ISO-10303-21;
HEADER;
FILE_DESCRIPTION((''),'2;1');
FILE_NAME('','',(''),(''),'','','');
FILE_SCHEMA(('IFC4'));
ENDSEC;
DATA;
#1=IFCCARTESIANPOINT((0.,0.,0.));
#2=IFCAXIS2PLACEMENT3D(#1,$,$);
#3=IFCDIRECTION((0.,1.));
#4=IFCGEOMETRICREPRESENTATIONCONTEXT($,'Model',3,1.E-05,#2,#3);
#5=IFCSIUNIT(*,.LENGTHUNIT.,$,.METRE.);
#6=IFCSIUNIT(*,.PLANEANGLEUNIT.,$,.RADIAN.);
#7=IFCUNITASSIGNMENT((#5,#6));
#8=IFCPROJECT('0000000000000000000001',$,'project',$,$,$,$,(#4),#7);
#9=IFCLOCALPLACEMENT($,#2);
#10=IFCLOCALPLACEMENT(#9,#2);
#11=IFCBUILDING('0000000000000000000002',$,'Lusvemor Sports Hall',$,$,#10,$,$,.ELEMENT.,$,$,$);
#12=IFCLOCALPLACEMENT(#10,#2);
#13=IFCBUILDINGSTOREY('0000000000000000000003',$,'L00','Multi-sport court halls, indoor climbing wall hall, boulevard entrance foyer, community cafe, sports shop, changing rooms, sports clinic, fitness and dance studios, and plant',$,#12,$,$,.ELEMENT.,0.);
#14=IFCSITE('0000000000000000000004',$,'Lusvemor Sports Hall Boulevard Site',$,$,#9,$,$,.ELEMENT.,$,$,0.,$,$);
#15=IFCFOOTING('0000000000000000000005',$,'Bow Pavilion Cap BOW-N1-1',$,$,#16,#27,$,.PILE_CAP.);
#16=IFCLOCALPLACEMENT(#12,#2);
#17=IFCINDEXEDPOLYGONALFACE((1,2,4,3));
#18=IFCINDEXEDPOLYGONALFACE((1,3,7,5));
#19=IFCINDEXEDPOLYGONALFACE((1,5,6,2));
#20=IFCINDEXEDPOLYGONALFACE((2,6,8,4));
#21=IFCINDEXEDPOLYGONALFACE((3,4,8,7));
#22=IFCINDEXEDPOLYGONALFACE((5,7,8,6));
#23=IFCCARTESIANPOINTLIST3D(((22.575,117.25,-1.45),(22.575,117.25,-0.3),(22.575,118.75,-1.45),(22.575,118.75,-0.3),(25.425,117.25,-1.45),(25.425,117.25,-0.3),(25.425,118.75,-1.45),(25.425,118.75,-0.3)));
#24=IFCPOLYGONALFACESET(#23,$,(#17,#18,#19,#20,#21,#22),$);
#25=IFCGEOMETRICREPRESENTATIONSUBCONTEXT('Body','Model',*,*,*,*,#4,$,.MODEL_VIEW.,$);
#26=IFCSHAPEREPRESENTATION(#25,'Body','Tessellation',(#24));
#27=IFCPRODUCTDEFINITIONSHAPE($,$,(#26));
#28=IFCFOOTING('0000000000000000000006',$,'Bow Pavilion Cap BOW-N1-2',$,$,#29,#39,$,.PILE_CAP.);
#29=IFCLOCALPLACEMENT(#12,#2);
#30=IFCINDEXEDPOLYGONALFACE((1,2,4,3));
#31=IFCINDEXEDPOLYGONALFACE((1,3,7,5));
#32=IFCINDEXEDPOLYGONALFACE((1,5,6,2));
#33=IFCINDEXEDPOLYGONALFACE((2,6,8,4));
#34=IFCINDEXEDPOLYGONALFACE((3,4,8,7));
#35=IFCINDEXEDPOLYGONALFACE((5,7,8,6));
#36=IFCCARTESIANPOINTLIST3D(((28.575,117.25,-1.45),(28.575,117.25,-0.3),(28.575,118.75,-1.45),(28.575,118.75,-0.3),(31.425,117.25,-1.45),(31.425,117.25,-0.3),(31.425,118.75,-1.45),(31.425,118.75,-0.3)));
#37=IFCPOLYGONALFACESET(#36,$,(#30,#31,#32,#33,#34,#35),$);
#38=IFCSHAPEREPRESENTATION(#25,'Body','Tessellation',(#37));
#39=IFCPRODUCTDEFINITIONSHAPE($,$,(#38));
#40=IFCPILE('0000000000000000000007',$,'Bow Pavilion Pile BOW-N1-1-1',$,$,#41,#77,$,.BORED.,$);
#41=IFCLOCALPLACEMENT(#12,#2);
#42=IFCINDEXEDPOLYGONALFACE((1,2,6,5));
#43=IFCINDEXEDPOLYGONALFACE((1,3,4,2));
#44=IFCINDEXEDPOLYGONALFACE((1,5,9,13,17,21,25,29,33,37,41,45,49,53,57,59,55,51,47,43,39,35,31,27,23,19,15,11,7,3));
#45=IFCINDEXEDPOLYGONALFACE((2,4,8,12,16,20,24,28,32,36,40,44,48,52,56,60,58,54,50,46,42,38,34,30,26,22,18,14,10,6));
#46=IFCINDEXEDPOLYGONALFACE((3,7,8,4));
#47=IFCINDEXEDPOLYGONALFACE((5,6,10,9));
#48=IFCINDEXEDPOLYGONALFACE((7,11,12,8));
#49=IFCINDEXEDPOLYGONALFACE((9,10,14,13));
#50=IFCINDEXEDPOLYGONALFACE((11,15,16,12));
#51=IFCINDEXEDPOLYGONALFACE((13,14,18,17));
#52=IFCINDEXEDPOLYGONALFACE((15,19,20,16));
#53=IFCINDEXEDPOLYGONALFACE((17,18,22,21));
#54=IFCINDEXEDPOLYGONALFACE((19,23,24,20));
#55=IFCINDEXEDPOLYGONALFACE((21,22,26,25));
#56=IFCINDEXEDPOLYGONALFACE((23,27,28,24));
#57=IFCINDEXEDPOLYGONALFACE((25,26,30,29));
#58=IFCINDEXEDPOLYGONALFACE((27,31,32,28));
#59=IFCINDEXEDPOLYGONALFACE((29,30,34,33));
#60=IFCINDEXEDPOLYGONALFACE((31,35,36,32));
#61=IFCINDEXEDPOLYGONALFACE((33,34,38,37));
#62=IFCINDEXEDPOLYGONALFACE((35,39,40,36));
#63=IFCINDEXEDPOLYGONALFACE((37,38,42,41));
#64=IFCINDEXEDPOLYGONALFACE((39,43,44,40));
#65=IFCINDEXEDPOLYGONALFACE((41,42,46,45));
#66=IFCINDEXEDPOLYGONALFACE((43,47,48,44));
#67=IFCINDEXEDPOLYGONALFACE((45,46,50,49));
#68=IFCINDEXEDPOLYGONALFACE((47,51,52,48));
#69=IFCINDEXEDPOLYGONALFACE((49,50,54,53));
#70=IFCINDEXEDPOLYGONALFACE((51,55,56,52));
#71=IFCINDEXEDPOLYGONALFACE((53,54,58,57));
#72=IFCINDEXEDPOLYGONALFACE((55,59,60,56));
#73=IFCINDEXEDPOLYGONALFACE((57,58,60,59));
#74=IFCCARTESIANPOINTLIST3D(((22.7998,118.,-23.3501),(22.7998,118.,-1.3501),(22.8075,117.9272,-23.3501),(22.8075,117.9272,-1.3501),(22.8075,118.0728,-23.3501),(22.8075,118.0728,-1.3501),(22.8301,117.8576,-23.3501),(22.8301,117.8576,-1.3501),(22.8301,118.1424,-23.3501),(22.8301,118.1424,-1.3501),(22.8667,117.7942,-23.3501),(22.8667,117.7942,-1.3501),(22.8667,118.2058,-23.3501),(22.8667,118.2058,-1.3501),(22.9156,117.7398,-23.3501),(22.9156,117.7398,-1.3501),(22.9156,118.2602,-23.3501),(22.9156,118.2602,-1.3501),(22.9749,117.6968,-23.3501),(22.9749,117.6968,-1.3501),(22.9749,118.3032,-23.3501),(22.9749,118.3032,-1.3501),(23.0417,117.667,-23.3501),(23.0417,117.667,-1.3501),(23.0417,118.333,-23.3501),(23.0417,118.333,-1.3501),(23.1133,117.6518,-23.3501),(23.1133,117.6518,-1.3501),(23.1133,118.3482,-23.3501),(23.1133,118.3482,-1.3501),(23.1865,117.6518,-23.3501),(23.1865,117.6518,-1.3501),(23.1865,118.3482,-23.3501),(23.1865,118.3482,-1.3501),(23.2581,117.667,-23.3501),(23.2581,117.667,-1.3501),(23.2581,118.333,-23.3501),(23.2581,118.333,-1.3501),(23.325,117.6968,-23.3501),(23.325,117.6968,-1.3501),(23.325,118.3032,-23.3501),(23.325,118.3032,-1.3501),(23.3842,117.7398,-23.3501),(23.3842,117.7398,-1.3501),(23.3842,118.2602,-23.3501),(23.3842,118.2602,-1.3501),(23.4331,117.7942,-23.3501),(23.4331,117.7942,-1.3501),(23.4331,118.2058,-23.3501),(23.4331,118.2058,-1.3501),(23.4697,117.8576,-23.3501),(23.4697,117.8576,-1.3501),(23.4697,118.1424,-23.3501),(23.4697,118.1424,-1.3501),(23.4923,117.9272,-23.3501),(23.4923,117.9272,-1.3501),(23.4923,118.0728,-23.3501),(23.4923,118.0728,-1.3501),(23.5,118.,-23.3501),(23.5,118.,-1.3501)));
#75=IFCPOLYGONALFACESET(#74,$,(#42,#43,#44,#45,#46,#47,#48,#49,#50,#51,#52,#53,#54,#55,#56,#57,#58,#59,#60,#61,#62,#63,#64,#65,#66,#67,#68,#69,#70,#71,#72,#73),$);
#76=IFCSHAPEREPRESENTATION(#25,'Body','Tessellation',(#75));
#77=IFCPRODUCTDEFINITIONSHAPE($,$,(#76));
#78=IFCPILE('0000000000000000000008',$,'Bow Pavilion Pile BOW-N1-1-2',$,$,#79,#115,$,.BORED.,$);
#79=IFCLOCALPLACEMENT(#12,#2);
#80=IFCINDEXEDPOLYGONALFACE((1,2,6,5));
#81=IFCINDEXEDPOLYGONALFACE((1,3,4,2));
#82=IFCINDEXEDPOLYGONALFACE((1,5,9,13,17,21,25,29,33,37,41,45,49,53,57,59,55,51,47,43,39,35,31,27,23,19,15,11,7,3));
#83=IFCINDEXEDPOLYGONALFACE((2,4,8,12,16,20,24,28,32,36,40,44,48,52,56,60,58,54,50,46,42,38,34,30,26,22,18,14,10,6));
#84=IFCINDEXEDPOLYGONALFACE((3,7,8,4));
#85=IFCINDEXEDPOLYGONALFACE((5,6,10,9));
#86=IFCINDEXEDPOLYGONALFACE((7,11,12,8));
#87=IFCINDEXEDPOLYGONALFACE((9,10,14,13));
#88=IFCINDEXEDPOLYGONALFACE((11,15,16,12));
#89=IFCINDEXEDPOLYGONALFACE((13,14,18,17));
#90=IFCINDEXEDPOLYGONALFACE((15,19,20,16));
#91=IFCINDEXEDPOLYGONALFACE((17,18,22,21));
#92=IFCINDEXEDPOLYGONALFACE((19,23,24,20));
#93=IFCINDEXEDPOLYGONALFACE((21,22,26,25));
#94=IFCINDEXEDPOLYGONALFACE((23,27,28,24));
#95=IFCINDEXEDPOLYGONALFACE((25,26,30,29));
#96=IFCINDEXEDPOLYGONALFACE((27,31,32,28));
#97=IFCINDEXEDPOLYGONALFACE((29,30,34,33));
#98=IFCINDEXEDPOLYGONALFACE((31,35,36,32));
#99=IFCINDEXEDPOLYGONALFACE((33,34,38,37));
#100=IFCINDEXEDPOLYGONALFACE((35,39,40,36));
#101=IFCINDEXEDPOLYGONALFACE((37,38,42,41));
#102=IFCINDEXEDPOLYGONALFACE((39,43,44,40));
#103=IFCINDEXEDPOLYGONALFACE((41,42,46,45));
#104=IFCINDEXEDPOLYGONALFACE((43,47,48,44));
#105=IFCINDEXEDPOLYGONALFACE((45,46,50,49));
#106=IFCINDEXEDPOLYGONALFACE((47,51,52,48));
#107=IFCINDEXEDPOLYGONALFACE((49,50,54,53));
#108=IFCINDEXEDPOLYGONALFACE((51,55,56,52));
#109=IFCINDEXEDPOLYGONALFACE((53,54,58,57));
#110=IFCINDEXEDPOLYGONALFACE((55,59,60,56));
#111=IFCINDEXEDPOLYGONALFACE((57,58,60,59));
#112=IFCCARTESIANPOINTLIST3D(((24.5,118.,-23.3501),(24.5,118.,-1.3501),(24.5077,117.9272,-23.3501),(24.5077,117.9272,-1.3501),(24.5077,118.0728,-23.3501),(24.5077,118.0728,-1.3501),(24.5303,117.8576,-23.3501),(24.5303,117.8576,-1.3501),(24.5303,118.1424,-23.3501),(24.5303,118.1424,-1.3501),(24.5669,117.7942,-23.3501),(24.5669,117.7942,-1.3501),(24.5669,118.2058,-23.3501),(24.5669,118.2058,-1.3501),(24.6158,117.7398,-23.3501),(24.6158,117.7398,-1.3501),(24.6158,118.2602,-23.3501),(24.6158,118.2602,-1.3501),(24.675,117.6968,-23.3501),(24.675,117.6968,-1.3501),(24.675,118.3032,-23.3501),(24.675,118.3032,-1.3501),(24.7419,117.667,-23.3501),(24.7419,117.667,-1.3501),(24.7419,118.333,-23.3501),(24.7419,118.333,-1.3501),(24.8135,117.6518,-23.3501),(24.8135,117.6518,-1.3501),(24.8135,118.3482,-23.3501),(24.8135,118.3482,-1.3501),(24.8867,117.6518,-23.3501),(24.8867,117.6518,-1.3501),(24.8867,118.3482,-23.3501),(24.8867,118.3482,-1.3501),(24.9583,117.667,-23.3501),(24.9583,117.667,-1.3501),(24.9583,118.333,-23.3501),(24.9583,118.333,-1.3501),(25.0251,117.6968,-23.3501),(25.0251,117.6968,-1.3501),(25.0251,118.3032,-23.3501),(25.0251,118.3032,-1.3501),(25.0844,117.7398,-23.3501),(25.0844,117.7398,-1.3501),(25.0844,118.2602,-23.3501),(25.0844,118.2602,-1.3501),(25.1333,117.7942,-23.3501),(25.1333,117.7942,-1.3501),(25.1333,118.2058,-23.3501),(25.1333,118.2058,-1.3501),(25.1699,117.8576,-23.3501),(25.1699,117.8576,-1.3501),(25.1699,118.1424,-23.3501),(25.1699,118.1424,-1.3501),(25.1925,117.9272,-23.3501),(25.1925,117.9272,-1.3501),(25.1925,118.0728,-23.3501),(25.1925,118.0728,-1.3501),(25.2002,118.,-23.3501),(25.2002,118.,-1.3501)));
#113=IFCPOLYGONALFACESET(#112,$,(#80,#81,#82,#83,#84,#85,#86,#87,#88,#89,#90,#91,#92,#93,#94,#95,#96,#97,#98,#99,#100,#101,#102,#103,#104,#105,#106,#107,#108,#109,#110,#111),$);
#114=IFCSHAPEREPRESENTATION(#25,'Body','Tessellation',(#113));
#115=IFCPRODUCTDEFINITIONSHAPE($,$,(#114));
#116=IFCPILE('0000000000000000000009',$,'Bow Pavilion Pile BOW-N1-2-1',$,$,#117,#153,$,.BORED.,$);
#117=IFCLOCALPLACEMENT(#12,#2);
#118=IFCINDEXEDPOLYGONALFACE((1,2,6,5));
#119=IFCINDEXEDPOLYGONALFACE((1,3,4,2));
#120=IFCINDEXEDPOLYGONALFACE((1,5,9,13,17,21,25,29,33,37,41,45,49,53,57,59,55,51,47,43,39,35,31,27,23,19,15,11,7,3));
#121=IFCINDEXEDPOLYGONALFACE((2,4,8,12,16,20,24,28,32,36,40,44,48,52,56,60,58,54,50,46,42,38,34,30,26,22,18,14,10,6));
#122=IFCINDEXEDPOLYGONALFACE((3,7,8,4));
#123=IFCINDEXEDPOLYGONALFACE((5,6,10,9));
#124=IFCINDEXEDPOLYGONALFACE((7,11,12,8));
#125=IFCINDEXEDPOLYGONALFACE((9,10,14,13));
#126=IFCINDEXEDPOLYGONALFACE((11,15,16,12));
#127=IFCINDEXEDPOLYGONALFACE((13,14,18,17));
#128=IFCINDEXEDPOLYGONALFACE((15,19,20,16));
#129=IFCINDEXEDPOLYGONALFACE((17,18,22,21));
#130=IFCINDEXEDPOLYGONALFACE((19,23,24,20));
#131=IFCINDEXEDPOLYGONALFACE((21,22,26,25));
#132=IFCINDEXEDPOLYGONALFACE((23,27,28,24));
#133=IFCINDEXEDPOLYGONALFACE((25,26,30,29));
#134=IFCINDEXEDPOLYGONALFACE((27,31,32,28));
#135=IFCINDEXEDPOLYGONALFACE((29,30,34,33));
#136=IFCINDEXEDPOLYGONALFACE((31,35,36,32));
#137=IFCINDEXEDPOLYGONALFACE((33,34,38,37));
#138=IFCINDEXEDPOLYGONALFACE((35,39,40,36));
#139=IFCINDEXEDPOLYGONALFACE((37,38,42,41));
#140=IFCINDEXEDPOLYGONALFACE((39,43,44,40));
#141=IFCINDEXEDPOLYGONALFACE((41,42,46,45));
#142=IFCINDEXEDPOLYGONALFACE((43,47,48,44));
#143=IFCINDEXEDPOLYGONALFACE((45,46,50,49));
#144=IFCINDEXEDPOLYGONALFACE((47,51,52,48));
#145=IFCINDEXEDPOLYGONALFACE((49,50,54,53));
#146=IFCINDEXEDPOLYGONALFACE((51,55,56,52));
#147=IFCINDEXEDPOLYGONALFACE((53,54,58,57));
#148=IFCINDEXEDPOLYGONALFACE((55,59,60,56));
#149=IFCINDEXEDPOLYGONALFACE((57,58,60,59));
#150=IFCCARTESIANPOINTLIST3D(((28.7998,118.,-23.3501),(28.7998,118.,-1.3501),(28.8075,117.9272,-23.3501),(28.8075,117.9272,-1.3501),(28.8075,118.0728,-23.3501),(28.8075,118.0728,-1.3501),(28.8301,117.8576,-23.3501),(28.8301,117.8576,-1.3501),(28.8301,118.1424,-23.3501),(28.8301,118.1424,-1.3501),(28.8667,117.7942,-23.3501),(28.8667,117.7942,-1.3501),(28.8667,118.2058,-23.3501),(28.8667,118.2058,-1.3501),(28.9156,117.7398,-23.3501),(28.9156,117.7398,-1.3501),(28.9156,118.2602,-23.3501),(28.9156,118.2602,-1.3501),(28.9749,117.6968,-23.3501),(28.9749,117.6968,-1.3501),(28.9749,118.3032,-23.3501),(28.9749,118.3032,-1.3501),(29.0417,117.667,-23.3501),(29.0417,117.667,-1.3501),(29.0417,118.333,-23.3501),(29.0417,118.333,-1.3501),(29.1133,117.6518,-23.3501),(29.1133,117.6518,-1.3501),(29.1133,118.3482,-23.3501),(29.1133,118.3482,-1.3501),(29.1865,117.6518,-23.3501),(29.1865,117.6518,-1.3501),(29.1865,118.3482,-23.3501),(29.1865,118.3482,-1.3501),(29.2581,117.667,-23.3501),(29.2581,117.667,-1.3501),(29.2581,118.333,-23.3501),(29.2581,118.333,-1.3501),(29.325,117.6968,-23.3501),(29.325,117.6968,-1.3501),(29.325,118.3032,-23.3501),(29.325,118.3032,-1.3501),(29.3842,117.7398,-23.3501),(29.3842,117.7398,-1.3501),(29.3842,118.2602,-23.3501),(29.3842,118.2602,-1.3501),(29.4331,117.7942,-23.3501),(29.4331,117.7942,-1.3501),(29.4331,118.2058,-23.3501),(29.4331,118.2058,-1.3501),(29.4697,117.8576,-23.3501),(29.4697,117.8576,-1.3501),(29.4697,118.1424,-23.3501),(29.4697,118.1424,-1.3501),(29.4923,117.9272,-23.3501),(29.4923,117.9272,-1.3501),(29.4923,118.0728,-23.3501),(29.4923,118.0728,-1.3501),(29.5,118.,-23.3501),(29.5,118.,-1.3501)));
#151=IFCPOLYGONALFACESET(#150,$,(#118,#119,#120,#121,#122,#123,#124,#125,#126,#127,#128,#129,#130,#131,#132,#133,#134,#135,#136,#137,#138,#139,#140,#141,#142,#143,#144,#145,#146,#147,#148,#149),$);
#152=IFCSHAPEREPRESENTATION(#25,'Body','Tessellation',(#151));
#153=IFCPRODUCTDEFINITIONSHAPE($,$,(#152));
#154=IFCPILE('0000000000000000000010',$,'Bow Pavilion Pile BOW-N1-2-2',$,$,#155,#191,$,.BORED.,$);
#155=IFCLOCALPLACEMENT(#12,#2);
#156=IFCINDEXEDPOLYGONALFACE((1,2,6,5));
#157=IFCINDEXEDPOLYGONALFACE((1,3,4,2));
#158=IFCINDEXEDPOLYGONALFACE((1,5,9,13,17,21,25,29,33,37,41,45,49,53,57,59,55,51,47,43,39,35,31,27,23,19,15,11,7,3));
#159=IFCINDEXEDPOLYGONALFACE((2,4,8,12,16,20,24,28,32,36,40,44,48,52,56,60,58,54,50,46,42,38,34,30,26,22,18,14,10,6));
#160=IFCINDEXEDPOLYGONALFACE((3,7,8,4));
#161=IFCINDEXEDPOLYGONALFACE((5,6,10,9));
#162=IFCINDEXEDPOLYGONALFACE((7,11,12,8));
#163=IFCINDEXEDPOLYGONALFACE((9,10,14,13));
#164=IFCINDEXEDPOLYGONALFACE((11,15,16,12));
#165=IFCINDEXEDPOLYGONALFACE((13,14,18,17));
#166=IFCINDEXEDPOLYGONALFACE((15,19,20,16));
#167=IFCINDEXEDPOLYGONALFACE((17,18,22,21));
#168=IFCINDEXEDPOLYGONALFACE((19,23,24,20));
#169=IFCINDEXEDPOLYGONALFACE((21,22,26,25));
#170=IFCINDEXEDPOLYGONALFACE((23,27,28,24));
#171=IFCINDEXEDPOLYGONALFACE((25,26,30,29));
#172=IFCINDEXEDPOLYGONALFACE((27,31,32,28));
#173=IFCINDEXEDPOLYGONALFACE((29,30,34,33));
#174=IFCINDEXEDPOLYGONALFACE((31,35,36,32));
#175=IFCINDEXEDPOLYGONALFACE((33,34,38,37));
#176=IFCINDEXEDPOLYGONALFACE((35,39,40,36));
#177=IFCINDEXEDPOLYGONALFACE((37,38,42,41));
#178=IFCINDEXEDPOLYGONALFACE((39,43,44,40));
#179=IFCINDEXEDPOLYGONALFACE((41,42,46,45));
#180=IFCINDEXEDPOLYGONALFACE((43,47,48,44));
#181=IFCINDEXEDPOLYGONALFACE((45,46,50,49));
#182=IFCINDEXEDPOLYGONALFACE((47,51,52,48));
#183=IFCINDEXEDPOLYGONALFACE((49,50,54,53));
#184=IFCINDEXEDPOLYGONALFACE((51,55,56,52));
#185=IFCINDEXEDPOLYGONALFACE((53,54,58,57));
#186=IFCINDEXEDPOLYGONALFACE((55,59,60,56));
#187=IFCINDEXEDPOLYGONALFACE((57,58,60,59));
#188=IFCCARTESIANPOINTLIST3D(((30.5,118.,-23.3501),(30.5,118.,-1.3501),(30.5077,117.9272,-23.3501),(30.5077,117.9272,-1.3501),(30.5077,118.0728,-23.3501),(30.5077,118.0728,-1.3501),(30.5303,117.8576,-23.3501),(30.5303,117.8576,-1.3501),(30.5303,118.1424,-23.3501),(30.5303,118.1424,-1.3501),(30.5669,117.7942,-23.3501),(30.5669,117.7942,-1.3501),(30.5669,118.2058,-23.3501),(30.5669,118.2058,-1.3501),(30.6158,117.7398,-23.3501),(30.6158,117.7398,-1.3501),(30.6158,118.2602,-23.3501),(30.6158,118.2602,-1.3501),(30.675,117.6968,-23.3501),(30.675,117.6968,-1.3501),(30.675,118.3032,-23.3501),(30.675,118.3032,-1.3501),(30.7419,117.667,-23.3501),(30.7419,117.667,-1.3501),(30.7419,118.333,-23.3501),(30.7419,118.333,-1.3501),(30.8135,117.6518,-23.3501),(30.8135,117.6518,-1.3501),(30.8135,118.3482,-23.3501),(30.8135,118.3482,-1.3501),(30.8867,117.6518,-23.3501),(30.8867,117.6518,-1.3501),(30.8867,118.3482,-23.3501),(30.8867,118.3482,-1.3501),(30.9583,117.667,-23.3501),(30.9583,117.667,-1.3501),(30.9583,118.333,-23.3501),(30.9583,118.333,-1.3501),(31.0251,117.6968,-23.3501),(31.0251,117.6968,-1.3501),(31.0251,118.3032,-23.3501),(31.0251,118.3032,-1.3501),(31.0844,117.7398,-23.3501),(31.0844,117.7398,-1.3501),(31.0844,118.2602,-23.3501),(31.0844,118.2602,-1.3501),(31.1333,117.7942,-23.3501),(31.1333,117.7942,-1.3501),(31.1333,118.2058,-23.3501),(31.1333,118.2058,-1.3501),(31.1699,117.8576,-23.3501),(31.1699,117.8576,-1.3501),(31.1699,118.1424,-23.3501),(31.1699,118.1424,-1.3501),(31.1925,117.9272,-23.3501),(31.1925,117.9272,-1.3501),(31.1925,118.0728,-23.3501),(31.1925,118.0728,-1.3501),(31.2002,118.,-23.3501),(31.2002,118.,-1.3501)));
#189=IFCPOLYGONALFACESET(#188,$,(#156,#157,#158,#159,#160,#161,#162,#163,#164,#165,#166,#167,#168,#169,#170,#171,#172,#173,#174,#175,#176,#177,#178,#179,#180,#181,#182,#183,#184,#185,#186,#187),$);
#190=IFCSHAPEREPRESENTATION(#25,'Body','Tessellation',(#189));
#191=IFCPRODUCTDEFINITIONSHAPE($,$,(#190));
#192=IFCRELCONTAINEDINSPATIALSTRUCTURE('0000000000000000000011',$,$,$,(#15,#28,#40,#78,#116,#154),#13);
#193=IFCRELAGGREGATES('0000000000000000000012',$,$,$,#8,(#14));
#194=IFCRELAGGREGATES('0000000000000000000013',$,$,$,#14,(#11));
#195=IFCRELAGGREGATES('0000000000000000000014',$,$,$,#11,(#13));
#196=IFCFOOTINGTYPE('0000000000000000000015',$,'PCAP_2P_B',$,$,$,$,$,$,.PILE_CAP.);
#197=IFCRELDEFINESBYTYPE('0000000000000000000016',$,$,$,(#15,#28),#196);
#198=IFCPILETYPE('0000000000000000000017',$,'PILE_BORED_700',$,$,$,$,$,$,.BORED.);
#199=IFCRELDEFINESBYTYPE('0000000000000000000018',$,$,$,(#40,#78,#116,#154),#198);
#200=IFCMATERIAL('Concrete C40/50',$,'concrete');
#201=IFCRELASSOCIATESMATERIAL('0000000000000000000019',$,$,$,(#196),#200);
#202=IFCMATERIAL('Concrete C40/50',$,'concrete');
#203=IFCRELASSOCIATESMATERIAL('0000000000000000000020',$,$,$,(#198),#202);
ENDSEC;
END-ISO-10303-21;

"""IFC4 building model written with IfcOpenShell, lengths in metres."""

from ifc_helpers import new_model, si_unit, direction, frame, origin, origin_2d, place, context, subcontext, project, spatial, rectangle, circle, extrude, material, material_profile, profile_set, type_object, element, save


model = new_model("IFC4")

# Units and contexts
model_context = context("Model", 3, precision=1e-05, world=origin(), true_north=direction((0.0, 1.0)))
body_context = subcontext(model_context, "Body", "Model", "MODEL_VIEW")
ifc_project = project(units=[si_unit("LENGTHUNIT", "METRE"), si_unit("PLANEANGLEUNIT", "RADIAN")], contexts=[model_context])

# Site, building, storey
site_placement = place(None, origin())
site = spatial("IfcSite", under=ifc_project, at=site_placement, Name="Lusvemor Sports Hall Boulevard Site", CompositionType="ELEMENT", RefElevation=0.0)
building_placement = place(site_placement, origin())
building = spatial("IfcBuilding", under=site, at=building_placement, Name="Lusvemor Sports Hall", CompositionType="ELEMENT")
storey_placement = place(building_placement, origin())
storey = spatial("IfcBuildingStorey", under=building, at=storey_placement, Name="L00", Description="Multi-sport court halls, indoor climbing wall hall, boulevard entrance foyer, community cafe, sports shop, changing rooms, sports clinic, fitness and dance studios, and plant", CompositionType="ELEMENT", Elevation=0.0)

# Footings
ifc_material_1 = material(Name="Concrete C40/50", Category="concrete")
footing_type = type_object("IfcFootingType", Name="PCAP_2P_B", PredefinedType="PILE_CAP", material=ifc_material_1)
for number, where, z_axis, x_axis, name in (
    (1, (24.0, 118.0, -1.45), (0.0, 0.0, 1.0), (1.0, 0.0, 0.0), "Bow Pavilion Cap BOW-N1-1"),
    (2, (30.0, 118.0, -1.45), (0.0, 0.0, 1.0), (1.0, 0.0, 0.0), "Bow Pavilion Cap BOW-N1-2"),
):
    element("IfcFooting", number, at=place(storey_placement, frame(where, z_axis=z_axis, x_axis=x_axis)), inside=storey, type_object=footing_type, Name=name, PredefinedType="PILE_CAP", context=body_context, shape_type="SweptSolid", body=[
        extrude(rectangle(XDim=2.8501, YDim=1.5, at=origin_2d()), origin(), (0.0, 0.0, 1.0), 1.1499),
    ])

# Piles
ifc_material_2 = material(Name="Concrete C40/50", Category="concrete")
ifc_material_profile_1 = material_profile(ifc_material_2, circle(Radius=0.3501, at=origin_2d()), Name="PILE700")
ifc_profile_set_1 = profile_set([ifc_material_profile_1], Name="Concrete C40/50")
pile_type_1 = type_object("IfcPileType", Name="PILE_BORED_700", PredefinedType="BORED", material=ifc_profile_set_1)
for number, where, z_axis, x_axis, name in (
    (3, (23.1499, 118.0, -1.3501), (0.0, 0.0, -1.0), (1.0, 0.0, 0.0), "Bow Pavilion Pile BOW-N1-1-1"),
    (4, (24.8501, 118.0, -1.3501), (0.0, 0.0, -1.0), (1.0, 0.0, 0.0), "Bow Pavilion Pile BOW-N1-1-2"),
    (5, (29.1499, 118.0, -1.3501), (0.0, 0.0, -1.0), (1.0, 0.0, 0.0), "Bow Pavilion Pile BOW-N1-2-1"),
    (6, (30.8501, 118.0, -1.3501), (0.0, 0.0, -1.0), (1.0, 0.0, 0.0), "Bow Pavilion Pile BOW-N1-2-2"),
):
    element("IfcPile", number, at=place(storey_placement, frame(where, z_axis=z_axis, x_axis=x_axis)), inside=storey, type_object=pile_type_1, Name=name, PredefinedType="BORED", context=body_context, shape_type="SweptSolid", body=[
        extrude(circle(Radius=0.3501, at=origin_2d()), origin(), (0.0, 0.0, 1.0), 22.0),
    ])

save(model, "model.ifc")
